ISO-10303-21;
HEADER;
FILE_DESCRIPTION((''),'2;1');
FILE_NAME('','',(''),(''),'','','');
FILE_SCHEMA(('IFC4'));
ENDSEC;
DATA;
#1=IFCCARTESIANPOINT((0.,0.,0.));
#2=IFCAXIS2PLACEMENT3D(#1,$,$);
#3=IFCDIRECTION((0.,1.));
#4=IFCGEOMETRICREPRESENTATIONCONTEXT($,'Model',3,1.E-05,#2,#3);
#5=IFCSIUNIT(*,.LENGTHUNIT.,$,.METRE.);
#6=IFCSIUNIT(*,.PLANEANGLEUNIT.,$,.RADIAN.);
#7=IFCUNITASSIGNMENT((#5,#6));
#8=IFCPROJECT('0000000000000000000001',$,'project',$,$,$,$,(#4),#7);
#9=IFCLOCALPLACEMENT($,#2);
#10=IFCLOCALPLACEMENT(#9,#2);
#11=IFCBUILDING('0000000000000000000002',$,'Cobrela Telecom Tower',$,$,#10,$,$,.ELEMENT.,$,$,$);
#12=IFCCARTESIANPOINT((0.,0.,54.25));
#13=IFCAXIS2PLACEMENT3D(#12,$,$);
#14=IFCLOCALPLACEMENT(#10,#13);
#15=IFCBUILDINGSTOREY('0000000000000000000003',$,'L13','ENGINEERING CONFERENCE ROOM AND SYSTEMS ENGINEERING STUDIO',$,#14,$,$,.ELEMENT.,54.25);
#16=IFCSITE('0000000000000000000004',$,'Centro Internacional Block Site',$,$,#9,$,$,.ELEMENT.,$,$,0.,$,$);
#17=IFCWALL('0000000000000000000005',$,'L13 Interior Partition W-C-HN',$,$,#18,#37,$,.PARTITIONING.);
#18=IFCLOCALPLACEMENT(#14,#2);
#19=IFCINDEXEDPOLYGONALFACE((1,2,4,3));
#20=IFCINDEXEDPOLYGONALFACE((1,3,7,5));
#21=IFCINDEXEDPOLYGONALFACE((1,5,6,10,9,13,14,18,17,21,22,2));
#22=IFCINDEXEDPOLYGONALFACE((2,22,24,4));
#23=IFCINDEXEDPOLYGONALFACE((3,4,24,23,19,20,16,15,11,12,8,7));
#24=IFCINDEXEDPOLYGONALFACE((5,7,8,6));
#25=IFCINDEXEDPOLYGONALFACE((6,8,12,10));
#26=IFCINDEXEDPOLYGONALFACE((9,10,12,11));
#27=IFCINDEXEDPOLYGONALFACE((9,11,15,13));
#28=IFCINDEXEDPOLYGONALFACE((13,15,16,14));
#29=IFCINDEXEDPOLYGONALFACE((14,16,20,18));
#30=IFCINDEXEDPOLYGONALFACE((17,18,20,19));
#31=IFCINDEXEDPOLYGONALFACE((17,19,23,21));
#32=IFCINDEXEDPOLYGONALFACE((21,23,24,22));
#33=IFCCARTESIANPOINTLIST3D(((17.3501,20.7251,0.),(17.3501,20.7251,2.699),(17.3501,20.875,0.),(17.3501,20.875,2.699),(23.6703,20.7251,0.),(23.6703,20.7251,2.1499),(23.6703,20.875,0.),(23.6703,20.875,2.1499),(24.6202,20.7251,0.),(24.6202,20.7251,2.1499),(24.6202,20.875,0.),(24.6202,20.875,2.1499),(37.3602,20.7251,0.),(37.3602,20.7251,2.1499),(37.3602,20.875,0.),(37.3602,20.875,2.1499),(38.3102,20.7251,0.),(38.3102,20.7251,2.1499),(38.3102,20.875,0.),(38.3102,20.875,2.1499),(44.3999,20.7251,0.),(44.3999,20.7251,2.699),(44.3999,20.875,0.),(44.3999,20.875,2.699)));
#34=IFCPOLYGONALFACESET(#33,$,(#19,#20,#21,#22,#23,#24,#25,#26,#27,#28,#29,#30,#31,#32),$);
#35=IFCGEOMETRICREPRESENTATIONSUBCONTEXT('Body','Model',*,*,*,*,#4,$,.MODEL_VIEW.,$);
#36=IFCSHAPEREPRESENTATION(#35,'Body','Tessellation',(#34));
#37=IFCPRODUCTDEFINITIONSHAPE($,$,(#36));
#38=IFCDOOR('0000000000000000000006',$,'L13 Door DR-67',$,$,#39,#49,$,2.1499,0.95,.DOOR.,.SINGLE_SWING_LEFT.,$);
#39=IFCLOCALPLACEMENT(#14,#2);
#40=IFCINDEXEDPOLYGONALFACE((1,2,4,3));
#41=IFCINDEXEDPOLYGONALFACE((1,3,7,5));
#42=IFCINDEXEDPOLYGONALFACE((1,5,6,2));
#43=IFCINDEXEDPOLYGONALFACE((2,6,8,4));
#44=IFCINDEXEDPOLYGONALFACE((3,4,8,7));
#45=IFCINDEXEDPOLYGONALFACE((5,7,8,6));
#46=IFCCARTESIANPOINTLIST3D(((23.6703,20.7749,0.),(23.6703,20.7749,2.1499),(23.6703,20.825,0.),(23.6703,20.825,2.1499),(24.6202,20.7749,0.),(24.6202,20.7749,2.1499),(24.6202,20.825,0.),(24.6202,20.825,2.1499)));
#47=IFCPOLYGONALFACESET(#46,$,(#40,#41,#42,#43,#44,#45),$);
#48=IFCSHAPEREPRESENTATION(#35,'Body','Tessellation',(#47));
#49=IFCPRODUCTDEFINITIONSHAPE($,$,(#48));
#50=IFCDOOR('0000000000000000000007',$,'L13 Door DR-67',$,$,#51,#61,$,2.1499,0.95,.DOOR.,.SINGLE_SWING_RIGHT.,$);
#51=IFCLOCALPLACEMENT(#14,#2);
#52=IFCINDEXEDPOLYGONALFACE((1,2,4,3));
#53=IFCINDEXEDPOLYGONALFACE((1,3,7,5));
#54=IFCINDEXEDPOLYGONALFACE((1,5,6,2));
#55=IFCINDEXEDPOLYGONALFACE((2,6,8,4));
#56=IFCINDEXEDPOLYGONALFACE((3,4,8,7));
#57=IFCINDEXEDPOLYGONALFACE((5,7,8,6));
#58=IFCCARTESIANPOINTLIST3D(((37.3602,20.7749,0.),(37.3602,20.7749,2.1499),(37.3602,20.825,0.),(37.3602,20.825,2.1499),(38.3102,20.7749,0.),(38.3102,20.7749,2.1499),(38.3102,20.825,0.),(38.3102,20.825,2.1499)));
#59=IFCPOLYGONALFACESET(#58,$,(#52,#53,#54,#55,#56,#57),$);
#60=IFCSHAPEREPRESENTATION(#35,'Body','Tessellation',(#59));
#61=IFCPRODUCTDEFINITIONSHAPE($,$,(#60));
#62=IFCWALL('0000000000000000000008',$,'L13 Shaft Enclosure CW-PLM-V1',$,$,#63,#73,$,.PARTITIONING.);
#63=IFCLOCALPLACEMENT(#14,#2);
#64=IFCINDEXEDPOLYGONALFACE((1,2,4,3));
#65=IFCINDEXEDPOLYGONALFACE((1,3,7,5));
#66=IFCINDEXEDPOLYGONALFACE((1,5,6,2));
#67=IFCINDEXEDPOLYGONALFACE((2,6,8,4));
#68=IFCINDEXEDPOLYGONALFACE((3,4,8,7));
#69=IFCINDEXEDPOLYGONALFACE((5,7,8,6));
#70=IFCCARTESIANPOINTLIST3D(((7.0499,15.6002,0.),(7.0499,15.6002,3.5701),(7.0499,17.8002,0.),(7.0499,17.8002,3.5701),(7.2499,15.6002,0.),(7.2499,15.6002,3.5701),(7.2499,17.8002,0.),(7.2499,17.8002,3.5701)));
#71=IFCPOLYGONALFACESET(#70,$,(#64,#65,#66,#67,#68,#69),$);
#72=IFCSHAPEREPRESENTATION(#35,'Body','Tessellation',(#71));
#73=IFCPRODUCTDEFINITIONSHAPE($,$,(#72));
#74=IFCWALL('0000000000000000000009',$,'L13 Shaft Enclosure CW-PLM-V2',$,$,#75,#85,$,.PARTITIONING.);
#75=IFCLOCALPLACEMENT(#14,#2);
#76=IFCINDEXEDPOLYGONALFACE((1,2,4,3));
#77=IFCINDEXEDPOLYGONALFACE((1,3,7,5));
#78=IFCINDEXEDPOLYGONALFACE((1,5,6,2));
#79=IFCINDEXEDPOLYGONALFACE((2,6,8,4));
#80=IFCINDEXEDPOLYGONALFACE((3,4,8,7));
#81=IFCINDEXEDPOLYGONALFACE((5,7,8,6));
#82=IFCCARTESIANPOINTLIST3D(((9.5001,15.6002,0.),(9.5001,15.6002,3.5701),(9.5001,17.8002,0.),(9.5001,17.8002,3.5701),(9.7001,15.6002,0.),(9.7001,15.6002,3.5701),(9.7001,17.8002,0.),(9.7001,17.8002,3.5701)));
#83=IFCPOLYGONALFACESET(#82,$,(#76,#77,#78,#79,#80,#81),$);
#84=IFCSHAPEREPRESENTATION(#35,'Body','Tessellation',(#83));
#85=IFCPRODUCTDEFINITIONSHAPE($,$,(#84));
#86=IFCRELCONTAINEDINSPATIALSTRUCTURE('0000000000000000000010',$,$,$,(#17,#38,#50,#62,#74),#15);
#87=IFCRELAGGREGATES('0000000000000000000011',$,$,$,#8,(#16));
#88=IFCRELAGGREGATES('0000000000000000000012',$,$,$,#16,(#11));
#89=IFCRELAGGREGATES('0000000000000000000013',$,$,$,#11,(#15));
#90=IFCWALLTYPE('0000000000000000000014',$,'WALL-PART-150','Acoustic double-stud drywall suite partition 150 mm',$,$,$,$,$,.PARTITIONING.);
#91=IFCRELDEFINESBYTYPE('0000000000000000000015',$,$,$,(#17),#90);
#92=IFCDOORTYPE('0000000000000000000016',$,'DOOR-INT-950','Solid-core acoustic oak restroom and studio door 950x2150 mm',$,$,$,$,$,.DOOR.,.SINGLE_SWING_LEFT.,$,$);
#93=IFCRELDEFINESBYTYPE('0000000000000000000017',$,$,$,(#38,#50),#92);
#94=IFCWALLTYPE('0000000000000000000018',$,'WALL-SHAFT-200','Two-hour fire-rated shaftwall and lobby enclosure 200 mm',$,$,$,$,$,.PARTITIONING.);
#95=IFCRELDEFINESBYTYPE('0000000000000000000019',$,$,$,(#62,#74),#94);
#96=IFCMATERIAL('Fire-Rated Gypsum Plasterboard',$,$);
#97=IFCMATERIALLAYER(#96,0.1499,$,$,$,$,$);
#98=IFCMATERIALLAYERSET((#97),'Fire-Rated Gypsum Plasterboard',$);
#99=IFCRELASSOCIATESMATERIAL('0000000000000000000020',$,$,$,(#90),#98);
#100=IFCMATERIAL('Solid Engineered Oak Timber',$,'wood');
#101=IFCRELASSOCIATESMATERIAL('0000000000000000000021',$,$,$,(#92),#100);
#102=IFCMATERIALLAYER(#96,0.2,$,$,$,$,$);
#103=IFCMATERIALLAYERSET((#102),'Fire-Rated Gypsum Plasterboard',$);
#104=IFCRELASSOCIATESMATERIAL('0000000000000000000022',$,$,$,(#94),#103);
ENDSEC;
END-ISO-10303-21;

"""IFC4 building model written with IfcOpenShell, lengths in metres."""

from ifc_helpers import new_model, si_unit, direction, frame, frame_2d, origin, place, context, subcontext, project, spatial, rectangle, extrude, material, layer, layer_set, type_object, element, fill, save


model = new_model("IFC4")

# Units and contexts
model_context = context("Model", 3, precision=1e-05, world=origin(), true_north=direction((0.0, 1.0)))
body_context = subcontext(model_context, "Body", "Model", "MODEL_VIEW")
ifc_project = project(units=[si_unit("LENGTHUNIT", "METRE"), si_unit("PLANEANGLEUNIT", "RADIAN")], contexts=[model_context])

# Site, building, storey
site_placement = place(None, origin())
site = spatial("IfcSite", under=ifc_project, at=site_placement, Name="Centro Internacional Block Site", CompositionType="ELEMENT", RefElevation=0.0)
building_placement = place(site_placement, origin())
building = spatial("IfcBuilding", under=site, at=building_placement, Name="Cobrela Telecom Tower", CompositionType="ELEMENT")
storey_placement = place(building_placement, frame((0.0, 0.0, 54.25)))
storey = spatial("IfcBuildingStorey", under=building, at=storey_placement, Name="L13", Description="ENGINEERING CONFERENCE ROOM AND SYSTEMS ENGINEERING STUDIO", CompositionType="ELEMENT", Elevation=54.25)

# Wall, openings, doors
ifc_material_1 = material(Name="Fire-Rated Gypsum Plasterboard")
ifc_layer_1 = layer(ifc_material_1, 0.1499)
ifc_layer_set_1 = layer_set([ifc_layer_1], Name="Fire-Rated Gypsum Plasterboard")
wall_type_1 = type_object("IfcWallType", Name="WALL-PART-150", Description="Acoustic double-stud drywall suite partition 150 mm", PredefinedType="PARTITIONING", material=ifc_layer_set_1)
ifc_material_2 = material(Name="Solid Engineered Oak Timber", Category="wood")
door_type_1 = type_object("IfcDoorType", Name="DOOR-INT-950", Description="Solid-core acoustic oak restroom and studio door 950x2150 mm", OperationType="SINGLE_SWING_LEFT", PredefinedType="DOOR", material=ifc_material_2)
wall_1_placement = place(storey_placement, frame((17.3501, 20.8, 0.0), z_axis=(0.0, 0.0, 1.0), x_axis=(1.0, 0.0, 0.0)))
wall_1 = element("IfcWall", 1, at=wall_1_placement, inside=storey, type_object=wall_type_1, Name="L13 Interior Partition W-C-HN", PredefinedType="PARTITIONING", context=body_context, shape_type="SweptSolid", body=[
    extrude(rectangle(XDim=27.0498, YDim=0.1499, at=frame_2d((13.5249, 0.0))), origin(), (0.0, 0.0, 1.0), 2.699),
])
opening_1_placement = place(wall_1_placement, frame((6.3201, 0.0, 0.0)))
opening_1 = element("IfcOpeningElement", 2, at=opening_1_placement, cuts=wall_1, PredefinedType="OPENING", context=body_context, shape_type="SweptSolid", body=[
    extrude(rectangle(XDim=0.95, YDim=2.1499, at=frame_2d((0.4751, 1.075))), frame((0.0, 0.0869, 0.0), z_axis=(0.0, -1.0, 0.0), x_axis=(1.0, 0.0, 0.0)), (0.0, 0.0, 1.0), 0.1738),
])
opening_2_placement = place(wall_1_placement, frame((20.01, 0.0, 0.0)))
opening_2 = element("IfcOpeningElement", 3, at=opening_2_placement, cuts=wall_1, PredefinedType="OPENING", context=body_context, shape_type="SweptSolid", body=[
    extrude(rectangle(XDim=0.95, YDim=2.1499, at=frame_2d((0.4751, 1.075))), frame((0.0, 0.0869, 0.0), z_axis=(0.0, -1.0, 0.0), x_axis=(1.0, 0.0, 0.0)), (0.0, 0.0, 1.0), 0.1738),
])
door_1_placement = place(opening_1_placement, origin())
door_1 = element("IfcDoor", 4, at=door_1_placement, inside=storey, type_object=door_type_1, Name="L13 Door DR-67", OperationType="SINGLE_SWING_LEFT", OverallHeight=2.1499, OverallWidth=0.95, PredefinedType="DOOR", context=body_context, shape_type="SweptSolid", body=[
    extrude(rectangle(XDim=0.95, YDim=2.1499, at=frame_2d((0.4751, 1.075))), frame((0.0, 0.0249, 0.0), z_axis=(0.0, -1.0, 0.0), x_axis=(1.0, 0.0, 0.0)), (0.0, 0.0, 1.0), 0.05),
])
fill(opening_1, door_1)
door_2_placement = place(opening_2_placement, origin())
door_2 = element("IfcDoor", 5, at=door_2_placement, inside=storey, type_object=door_type_1, Name="L13 Door DR-67", OperationType="SINGLE_SWING_RIGHT", OverallHeight=2.1499, OverallWidth=0.95, PredefinedType="DOOR", context=body_context, shape_type="SweptSolid", body=[
    extrude(rectangle(XDim=0.95, YDim=2.1499, at=frame_2d((0.4751, 1.075))), frame((0.0, 0.0249, 0.0), z_axis=(0.0, -1.0, 0.0), x_axis=(1.0, 0.0, 0.0)), (0.0, 0.0, 1.0), 0.05),
])
fill(opening_2, door_2)

# Walls
ifc_layer_2 = layer(ifc_material_1, 0.2)
ifc_layer_set_2 = layer_set([ifc_layer_2], Name="Fire-Rated Gypsum Plasterboard")
wall_type_2 = type_object("IfcWallType", Name="WALL-SHAFT-200", Description="Two-hour fire-rated shaftwall and lobby enclosure 200 mm", PredefinedType="PARTITIONING", material=ifc_layer_set_2)
for number, where, z_axis, x_axis, name in (
    (6, (7.1499, 15.6001, 0.0), (0.0, 0.0, 1.0), (0.0, 1.0, 0.0), "L13 Shaft Enclosure CW-PLM-V1"),
    (7, (9.6001, 15.6001, 0.0), (0.0, 0.0, 1.0), (0.0, 1.0, 0.0), "L13 Shaft Enclosure CW-PLM-V2"),
):
    element("IfcWall", number, at=place(storey_placement, frame(where, z_axis=z_axis, x_axis=x_axis)), inside=storey, type_object=wall_type_2, Name=name, PredefinedType="PARTITIONING", context=body_context, shape_type="SweptSolid", body=[
        extrude(rectangle(XDim=2.2, YDim=0.2, at=frame_2d((1.1001, 0.0))), origin(), (0.0, 0.0, 1.0), 3.5701),
    ])

save(model, "model.ifc")
